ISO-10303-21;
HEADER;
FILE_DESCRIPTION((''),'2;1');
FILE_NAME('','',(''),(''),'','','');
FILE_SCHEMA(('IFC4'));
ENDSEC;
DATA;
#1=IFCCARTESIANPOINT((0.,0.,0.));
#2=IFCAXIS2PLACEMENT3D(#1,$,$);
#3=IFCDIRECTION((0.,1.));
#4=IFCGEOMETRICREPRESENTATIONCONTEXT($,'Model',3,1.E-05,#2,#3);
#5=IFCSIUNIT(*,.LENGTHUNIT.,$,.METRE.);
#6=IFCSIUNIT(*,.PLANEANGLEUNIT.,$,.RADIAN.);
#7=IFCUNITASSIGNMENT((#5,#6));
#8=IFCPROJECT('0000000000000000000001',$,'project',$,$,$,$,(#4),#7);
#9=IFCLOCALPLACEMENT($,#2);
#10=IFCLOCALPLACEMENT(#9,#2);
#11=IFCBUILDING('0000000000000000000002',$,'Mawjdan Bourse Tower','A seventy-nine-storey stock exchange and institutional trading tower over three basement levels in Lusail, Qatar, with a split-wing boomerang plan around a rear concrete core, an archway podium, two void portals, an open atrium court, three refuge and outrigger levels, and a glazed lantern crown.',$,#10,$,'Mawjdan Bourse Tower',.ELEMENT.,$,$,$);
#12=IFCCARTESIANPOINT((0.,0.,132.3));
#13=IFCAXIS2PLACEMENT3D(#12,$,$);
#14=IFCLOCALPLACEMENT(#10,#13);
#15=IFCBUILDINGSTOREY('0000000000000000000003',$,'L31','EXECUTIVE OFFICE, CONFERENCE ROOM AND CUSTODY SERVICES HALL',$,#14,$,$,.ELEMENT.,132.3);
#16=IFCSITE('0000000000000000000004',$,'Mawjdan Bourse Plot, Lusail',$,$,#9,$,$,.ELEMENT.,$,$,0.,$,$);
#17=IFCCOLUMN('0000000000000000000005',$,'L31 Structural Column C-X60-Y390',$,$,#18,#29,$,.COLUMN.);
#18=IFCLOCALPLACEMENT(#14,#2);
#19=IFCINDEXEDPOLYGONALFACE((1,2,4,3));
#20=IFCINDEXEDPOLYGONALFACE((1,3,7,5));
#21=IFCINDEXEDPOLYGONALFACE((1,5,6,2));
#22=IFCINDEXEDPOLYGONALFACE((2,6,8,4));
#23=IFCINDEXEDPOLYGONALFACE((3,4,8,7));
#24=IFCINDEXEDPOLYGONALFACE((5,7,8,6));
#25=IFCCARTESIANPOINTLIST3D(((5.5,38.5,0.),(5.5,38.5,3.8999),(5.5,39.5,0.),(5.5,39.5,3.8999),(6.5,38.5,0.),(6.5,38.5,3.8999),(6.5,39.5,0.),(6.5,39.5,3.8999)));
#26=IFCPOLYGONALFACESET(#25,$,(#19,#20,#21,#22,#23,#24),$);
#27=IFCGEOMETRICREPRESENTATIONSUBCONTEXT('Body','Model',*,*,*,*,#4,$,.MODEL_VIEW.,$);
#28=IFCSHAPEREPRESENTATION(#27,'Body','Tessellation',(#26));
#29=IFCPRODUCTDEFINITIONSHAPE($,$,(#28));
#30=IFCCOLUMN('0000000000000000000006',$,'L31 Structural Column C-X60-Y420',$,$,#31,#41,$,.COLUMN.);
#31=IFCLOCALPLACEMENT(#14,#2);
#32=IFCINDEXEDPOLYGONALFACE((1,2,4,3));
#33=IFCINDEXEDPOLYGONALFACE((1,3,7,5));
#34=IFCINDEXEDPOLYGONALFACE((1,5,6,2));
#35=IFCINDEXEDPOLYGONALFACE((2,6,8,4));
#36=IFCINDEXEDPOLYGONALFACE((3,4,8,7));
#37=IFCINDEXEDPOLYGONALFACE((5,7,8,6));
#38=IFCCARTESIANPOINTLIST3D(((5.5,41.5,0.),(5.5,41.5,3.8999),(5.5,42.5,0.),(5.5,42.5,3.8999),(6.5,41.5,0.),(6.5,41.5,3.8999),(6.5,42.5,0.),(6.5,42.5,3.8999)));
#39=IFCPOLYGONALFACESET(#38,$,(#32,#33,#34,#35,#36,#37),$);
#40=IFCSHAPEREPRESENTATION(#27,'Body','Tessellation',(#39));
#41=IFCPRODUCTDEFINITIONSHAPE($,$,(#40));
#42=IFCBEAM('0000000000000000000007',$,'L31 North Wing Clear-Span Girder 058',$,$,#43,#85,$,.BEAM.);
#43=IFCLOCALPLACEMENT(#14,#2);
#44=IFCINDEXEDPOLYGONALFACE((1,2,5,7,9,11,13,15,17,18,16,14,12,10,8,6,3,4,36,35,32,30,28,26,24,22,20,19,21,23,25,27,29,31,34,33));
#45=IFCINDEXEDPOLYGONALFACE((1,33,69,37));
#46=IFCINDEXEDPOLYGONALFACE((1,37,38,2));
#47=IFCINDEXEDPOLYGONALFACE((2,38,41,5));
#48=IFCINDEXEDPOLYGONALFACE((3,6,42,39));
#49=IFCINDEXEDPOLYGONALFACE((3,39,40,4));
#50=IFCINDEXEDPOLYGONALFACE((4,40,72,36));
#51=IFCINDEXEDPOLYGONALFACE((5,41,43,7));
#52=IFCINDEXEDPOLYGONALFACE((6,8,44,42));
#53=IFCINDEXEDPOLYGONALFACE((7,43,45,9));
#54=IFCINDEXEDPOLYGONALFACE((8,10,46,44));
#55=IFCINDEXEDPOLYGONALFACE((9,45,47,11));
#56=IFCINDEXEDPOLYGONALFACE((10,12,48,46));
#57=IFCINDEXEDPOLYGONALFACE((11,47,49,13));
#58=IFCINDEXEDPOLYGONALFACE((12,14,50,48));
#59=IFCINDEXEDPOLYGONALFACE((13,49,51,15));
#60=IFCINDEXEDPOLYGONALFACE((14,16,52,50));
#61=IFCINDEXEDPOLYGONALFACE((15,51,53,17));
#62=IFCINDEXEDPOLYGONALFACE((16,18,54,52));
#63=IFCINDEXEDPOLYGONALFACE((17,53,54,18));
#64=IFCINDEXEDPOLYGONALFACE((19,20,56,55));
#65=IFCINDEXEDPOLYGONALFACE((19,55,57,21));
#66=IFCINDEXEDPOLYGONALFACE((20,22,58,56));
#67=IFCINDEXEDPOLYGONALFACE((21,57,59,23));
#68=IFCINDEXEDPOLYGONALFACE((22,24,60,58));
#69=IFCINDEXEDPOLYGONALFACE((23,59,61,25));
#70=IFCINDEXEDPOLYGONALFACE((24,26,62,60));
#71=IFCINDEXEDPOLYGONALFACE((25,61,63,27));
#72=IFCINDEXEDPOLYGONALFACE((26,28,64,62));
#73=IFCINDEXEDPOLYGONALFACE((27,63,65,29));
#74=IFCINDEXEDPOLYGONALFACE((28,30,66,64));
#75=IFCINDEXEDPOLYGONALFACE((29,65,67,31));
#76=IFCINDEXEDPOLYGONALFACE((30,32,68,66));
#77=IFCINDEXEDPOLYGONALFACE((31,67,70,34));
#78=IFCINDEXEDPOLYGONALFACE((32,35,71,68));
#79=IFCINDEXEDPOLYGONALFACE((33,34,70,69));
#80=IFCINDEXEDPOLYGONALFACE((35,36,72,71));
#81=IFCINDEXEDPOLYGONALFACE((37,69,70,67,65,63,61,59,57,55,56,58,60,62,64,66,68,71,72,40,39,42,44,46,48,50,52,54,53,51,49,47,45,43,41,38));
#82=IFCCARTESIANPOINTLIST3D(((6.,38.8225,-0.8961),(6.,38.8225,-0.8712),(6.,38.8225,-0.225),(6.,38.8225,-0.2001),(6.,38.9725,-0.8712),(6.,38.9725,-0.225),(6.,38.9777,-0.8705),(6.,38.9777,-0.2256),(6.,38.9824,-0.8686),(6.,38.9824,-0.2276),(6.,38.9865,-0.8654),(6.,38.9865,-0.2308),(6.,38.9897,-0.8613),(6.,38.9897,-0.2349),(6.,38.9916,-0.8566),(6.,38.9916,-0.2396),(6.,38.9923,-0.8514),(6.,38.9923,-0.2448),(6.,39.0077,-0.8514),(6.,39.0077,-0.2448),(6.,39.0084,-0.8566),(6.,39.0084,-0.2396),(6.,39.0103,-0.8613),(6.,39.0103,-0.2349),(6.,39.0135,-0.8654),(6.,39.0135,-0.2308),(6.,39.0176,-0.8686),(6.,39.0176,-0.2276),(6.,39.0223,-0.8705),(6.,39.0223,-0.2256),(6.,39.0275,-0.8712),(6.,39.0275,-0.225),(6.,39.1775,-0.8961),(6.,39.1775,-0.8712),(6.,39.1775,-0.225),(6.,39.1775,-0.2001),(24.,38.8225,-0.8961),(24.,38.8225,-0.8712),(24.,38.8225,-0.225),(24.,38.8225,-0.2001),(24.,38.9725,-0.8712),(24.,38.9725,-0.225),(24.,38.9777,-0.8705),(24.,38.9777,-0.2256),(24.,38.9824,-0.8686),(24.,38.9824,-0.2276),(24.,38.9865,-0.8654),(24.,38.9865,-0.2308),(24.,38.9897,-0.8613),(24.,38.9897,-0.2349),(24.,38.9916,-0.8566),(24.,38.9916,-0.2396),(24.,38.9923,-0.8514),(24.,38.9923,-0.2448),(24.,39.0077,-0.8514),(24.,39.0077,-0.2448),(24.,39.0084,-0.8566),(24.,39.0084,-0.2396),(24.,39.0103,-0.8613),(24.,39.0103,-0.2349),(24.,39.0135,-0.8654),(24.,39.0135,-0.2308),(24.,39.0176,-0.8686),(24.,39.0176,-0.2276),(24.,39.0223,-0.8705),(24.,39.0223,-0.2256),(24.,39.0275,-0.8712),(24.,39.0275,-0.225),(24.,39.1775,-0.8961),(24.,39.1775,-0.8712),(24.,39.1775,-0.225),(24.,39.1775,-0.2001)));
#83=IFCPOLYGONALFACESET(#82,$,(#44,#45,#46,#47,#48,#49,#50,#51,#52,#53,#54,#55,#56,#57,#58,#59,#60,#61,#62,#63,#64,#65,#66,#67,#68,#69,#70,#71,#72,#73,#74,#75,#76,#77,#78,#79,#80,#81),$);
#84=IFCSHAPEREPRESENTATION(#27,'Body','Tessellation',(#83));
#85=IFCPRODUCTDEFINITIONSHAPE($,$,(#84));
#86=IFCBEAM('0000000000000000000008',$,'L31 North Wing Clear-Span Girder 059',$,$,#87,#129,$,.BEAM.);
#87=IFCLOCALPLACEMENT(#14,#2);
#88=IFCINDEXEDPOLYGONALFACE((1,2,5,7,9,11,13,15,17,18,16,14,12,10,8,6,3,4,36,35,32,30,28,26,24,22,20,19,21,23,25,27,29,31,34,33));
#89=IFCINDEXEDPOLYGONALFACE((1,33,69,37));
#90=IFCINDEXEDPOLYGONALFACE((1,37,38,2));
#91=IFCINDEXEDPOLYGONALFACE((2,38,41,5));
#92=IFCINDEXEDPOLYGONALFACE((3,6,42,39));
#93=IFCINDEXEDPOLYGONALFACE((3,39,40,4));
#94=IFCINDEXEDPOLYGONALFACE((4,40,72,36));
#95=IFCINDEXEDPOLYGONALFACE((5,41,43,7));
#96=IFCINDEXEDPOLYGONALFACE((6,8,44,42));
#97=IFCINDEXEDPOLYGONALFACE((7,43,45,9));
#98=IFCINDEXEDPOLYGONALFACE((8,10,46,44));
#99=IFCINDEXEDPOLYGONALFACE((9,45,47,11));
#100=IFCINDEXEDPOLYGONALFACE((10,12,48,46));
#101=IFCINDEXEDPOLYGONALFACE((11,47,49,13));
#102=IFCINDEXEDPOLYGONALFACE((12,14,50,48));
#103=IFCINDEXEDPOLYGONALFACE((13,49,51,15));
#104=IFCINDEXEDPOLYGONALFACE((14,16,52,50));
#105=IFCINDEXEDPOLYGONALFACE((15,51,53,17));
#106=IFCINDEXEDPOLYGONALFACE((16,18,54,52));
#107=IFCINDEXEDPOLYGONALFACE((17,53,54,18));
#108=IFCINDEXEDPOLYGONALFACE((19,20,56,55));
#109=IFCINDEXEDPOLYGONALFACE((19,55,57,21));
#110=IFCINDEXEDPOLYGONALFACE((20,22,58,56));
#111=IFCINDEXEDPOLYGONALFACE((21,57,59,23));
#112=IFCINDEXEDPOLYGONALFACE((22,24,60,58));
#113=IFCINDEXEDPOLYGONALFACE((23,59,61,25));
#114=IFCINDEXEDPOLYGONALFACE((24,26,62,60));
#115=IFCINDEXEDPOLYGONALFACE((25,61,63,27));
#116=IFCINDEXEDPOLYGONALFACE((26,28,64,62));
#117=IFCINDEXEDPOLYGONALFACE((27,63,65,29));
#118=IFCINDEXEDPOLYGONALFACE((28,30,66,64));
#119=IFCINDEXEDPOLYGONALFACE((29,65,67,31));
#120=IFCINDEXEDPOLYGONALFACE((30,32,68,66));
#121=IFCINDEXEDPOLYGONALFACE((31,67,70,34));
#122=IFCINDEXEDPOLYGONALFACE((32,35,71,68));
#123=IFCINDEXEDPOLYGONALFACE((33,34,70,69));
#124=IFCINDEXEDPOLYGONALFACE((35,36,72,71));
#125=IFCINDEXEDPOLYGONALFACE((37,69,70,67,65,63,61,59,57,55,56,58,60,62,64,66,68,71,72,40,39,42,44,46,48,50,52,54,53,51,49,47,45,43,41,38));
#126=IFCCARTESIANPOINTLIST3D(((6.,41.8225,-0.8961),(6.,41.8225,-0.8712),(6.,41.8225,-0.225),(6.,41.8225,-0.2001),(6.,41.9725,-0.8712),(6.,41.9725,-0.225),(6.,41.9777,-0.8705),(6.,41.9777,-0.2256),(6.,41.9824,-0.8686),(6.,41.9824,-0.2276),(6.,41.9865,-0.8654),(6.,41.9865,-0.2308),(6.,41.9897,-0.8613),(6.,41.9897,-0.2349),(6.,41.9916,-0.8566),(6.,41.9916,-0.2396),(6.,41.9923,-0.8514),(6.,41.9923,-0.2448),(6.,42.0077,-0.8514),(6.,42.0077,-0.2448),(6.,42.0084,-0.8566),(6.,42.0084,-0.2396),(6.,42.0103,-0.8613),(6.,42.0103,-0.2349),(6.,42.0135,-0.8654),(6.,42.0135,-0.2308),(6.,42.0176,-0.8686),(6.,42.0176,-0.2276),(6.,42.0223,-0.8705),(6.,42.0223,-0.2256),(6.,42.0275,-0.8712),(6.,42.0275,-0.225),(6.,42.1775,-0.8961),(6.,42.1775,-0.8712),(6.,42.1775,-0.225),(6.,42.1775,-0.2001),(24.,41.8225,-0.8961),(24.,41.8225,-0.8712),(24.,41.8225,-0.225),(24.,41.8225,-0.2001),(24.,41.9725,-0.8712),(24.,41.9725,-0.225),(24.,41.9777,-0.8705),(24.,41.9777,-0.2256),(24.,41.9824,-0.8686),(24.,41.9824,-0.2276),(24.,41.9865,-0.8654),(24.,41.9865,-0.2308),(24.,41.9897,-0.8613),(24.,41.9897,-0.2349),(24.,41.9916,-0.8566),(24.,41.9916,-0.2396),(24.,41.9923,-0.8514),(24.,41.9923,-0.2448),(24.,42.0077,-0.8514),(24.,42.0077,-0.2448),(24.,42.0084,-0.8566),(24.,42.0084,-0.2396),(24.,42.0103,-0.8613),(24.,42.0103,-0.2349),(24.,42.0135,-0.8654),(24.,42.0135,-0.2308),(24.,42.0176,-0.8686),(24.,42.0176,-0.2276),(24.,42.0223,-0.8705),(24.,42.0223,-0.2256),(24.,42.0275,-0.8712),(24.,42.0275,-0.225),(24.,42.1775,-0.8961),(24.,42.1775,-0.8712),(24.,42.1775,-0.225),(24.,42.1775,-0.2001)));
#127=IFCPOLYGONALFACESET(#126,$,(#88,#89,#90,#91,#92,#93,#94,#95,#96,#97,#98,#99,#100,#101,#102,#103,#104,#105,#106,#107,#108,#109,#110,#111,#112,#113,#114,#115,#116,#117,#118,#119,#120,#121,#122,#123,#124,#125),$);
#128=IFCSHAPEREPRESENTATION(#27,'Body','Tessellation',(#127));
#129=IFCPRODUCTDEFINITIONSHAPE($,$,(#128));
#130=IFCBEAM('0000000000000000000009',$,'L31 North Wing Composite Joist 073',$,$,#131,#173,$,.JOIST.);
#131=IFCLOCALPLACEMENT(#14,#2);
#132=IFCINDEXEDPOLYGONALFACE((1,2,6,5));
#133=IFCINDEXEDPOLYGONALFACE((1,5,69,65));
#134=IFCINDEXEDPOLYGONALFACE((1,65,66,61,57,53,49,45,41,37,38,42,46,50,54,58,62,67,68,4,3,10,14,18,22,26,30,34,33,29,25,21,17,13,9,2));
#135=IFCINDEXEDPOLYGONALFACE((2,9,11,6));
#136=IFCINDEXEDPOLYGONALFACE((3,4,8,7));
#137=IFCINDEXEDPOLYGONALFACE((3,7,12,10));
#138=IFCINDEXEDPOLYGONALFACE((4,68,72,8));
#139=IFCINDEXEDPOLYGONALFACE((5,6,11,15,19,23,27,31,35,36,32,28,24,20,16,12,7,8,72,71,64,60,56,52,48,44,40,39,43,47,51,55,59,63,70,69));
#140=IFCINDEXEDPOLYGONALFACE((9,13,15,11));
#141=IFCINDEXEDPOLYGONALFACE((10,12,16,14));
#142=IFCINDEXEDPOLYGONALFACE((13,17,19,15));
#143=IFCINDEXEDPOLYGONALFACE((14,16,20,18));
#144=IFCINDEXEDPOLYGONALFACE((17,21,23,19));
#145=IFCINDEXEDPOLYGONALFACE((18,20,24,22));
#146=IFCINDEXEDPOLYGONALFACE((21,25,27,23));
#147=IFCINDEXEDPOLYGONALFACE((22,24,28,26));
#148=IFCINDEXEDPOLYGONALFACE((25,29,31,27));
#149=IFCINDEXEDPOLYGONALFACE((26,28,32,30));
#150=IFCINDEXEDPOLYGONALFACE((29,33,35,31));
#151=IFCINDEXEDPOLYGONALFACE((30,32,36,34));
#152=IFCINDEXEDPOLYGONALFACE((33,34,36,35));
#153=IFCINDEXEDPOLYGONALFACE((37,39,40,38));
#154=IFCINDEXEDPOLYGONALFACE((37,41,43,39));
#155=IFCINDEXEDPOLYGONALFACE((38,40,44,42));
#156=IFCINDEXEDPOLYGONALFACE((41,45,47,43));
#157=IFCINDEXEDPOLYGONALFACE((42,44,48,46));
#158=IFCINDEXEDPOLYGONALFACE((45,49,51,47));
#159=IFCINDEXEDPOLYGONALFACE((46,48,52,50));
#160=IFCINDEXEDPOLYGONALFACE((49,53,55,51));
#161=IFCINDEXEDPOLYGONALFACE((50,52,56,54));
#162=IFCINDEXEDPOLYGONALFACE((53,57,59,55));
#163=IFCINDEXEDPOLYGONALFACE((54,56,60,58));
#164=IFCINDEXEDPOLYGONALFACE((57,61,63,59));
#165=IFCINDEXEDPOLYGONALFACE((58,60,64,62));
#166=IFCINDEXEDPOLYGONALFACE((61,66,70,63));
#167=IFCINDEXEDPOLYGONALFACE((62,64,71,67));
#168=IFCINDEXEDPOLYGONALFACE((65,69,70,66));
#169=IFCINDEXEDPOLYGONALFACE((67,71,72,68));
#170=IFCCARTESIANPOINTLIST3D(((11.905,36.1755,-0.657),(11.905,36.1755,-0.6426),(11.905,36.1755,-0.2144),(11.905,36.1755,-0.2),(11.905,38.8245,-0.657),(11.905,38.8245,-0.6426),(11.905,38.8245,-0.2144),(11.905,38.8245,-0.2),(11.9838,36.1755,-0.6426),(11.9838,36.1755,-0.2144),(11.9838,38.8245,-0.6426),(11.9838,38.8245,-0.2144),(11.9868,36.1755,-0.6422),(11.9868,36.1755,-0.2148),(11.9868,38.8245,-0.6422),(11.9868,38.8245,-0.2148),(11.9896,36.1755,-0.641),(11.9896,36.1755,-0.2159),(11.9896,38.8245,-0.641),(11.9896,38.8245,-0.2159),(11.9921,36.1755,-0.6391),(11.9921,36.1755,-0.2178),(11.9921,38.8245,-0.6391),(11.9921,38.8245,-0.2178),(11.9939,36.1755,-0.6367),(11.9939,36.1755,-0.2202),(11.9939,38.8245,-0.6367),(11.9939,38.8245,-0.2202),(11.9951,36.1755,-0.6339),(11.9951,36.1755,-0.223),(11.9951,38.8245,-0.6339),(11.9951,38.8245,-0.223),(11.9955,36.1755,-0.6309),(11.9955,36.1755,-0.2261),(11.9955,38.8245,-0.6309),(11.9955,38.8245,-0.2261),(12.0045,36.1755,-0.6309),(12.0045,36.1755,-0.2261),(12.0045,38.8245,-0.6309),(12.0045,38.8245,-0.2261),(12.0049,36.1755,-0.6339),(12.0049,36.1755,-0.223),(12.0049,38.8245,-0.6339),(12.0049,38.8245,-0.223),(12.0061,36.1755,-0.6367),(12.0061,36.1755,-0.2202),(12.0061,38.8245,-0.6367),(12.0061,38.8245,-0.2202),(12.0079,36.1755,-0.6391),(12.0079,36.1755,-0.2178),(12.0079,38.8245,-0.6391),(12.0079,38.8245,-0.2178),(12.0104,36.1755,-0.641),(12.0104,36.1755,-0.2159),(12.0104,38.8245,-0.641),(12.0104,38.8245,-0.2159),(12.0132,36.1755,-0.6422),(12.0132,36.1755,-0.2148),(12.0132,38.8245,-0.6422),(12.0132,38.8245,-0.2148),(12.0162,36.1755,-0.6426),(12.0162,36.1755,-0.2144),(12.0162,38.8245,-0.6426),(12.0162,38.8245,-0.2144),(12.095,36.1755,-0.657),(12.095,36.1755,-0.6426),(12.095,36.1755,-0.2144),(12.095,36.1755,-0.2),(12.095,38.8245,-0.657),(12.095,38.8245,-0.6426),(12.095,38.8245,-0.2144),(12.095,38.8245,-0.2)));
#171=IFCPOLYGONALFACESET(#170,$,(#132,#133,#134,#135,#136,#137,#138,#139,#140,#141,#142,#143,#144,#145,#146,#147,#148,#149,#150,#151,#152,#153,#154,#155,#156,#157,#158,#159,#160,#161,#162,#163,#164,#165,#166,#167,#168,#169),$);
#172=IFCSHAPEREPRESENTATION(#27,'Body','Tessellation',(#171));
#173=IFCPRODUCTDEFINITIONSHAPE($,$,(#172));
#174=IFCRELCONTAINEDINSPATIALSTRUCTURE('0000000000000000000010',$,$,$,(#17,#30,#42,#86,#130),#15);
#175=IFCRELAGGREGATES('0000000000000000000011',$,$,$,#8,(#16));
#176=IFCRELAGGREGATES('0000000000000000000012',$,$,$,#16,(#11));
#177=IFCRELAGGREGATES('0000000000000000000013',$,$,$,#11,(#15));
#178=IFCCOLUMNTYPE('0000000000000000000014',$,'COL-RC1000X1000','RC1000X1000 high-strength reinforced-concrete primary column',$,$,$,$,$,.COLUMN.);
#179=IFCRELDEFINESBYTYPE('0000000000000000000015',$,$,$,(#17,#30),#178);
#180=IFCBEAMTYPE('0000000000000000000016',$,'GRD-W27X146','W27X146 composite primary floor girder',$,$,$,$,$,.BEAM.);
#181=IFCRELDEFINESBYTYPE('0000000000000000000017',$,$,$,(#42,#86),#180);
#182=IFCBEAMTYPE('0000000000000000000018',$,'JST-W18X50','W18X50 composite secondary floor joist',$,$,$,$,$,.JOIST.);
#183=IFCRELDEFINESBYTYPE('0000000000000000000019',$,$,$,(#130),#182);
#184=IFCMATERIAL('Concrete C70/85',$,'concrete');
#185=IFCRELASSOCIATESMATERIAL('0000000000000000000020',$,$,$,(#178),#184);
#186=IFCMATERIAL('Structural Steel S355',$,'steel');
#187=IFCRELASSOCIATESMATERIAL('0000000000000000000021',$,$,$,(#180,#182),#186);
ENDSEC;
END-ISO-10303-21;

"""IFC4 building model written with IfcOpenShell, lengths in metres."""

from ifc_helpers import new_model, si_unit, direction, frame, origin, origin_2d, place, context, subcontext, project, spatial, rectangle, i_section, extrude, material, material_profile, profile_set, type_object, element, save


model = new_model("IFC4")

# Units and contexts
model_context = context("Model", 3, precision=1e-05, world=origin(), true_north=direction((0.0, 1.0)))
body_context = subcontext(model_context, "Body", "Model", "MODEL_VIEW")
ifc_project = project(units=[si_unit("LENGTHUNIT", "METRE"), si_unit("PLANEANGLEUNIT", "RADIAN")], contexts=[model_context])

# Site, building, storey
site_placement = place(None, origin())
site = spatial("IfcSite", under=ifc_project, at=site_placement, Name="Mawjdan Bourse Plot, Lusail", CompositionType="ELEMENT", RefElevation=0.0)
building_placement = place(site_placement, origin())
building = spatial("IfcBuilding", under=site, at=building_placement, Name="Mawjdan Bourse Tower", Description="A seventy-nine-storey stock exchange and institutional trading tower over three basement levels in Lusail, Qatar, with a split-wing boomerang plan around a rear concrete core, an archway podium, two void portals, an open atrium court, three refuge and outrigger levels, and a glazed lantern crown.", LongName="Mawjdan Bourse Tower", CompositionType="ELEMENT")
storey_placement = place(building_placement, frame((0.0, 0.0, 132.3)))
storey = spatial("IfcBuildingStorey", under=building, at=storey_placement, Name="L31", Description="EXECUTIVE OFFICE, CONFERENCE ROOM AND CUSTODY SERVICES HALL", CompositionType="ELEMENT", Elevation=132.3)

# Columns
ifc_material_1 = material(Name="Concrete C70/85", Category="concrete")
ifc_material_profile_1 = material_profile(ifc_material_1, rectangle(XDim=1.0, YDim=1.0, at=origin_2d()), Name="RC1000X1000")
ifc_profile_set_1 = profile_set([ifc_material_profile_1], Name="Concrete C70/85")
column_type = type_object("IfcColumnType", Name="COL-RC1000X1000", Description="RC1000X1000 high-strength reinforced-concrete primary column", PredefinedType="COLUMN", material=ifc_profile_set_1)
for number, where, z_axis, x_axis, name in (
    (1, (6.0, 39.0, 0.0), (0.0, 0.0, 1.0), (1.0, 0.0, 0.0), "L31 Structural Column C-X60-Y390"),
    (2, (6.0, 42.0, 0.0), (0.0, 0.0, 1.0), (1.0, 0.0, 0.0), "L31 Structural Column C-X60-Y420"),
):
    element("IfcColumn", number, at=place(storey_placement, frame(where, z_axis=z_axis, x_axis=x_axis)), inside=storey, type_object=column_type, Name=name, PredefinedType="COLUMN", context=body_context, shape_type="SweptSolid", body=[
        extrude(rectangle(XDim=1.0, YDim=1.0, at=origin_2d()), origin(), (0.0, 0.0, 1.0), 3.8999),
    ])

# Beams
ifc_material_2 = material(Name="Structural Steel S355", Category="steel")
ifc_material_profile_2 = material_profile(ifc_material_2, i_section(OverallWidth=0.355, OverallDepth=0.696, WebThickness=0.0154, FlangeThickness=0.0249, FilletRadius=0.0198, at=origin_2d()), Name="W27X146")
ifc_profile_set_2 = profile_set([ifc_material_profile_2], Name="Structural Steel S355")
beam_type_1 = type_object("IfcBeamType", Name="GRD-W27X146", Description="W27X146 composite primary floor girder", PredefinedType="BEAM", material=ifc_profile_set_2)
for number, where, z_axis, x_axis, name in (
    (3, (6.0, 39.0, -0.5481), (1.0, 0.0, 0.0), (0.0, 1.0, 0.0), "L31 North Wing Clear-Span Girder 058"),
    (4, (6.0, 42.0, -0.5481), (1.0, 0.0, 0.0), (0.0, 1.0, 0.0), "L31 North Wing Clear-Span Girder 059"),
):
    element("IfcBeam", number, at=place(storey_placement, frame(where, z_axis=z_axis, x_axis=x_axis)), inside=storey, type_object=beam_type_1, Name=name, PredefinedType="BEAM", context=body_context, shape_type="SweptSolid", body=[
        extrude(i_section(OverallWidth=0.355, OverallDepth=0.696, WebThickness=0.0154, FlangeThickness=0.0249, FilletRadius=0.0198, at=origin_2d()), origin(), (0.0, 0.0, 1.0), 18.0),
    ])
ifc_material_profile_3 = material_profile(ifc_material_2, i_section(OverallWidth=0.1899, OverallDepth=0.457, WebThickness=0.009, FlangeThickness=0.0144, FilletRadius=0.0117, at=origin_2d()), Name="W18X50")
ifc_profile_set_3 = profile_set([ifc_material_profile_3], Name="Structural Steel S355")
beam_type_2 = type_object("IfcBeamType", Name="JST-W18X50", Description="W18X50 composite secondary floor joist", PredefinedType="JOIST", material=ifc_profile_set_3)
for number, where, z_axis, x_axis, name in (
    (5, (12.0, 36.1755, -0.4285), (0.0, 1.0, 0.0), (-1.0, 0.0, 0.0), "L31 North Wing Composite Joist 073"),
):
    element("IfcBeam", number, at=place(storey_placement, frame(where, z_axis=z_axis, x_axis=x_axis)), inside=storey, type_object=beam_type_2, Name=name, PredefinedType="JOIST", context=body_context, shape_type="SweptSolid", body=[
        extrude(i_section(OverallWidth=0.1899, OverallDepth=0.457, WebThickness=0.009, FlangeThickness=0.0144, FilletRadius=0.0117, at=origin_2d()), origin(), (0.0, 0.0, 1.0), 2.6489),
    ])

save(model, "model.ifc")
